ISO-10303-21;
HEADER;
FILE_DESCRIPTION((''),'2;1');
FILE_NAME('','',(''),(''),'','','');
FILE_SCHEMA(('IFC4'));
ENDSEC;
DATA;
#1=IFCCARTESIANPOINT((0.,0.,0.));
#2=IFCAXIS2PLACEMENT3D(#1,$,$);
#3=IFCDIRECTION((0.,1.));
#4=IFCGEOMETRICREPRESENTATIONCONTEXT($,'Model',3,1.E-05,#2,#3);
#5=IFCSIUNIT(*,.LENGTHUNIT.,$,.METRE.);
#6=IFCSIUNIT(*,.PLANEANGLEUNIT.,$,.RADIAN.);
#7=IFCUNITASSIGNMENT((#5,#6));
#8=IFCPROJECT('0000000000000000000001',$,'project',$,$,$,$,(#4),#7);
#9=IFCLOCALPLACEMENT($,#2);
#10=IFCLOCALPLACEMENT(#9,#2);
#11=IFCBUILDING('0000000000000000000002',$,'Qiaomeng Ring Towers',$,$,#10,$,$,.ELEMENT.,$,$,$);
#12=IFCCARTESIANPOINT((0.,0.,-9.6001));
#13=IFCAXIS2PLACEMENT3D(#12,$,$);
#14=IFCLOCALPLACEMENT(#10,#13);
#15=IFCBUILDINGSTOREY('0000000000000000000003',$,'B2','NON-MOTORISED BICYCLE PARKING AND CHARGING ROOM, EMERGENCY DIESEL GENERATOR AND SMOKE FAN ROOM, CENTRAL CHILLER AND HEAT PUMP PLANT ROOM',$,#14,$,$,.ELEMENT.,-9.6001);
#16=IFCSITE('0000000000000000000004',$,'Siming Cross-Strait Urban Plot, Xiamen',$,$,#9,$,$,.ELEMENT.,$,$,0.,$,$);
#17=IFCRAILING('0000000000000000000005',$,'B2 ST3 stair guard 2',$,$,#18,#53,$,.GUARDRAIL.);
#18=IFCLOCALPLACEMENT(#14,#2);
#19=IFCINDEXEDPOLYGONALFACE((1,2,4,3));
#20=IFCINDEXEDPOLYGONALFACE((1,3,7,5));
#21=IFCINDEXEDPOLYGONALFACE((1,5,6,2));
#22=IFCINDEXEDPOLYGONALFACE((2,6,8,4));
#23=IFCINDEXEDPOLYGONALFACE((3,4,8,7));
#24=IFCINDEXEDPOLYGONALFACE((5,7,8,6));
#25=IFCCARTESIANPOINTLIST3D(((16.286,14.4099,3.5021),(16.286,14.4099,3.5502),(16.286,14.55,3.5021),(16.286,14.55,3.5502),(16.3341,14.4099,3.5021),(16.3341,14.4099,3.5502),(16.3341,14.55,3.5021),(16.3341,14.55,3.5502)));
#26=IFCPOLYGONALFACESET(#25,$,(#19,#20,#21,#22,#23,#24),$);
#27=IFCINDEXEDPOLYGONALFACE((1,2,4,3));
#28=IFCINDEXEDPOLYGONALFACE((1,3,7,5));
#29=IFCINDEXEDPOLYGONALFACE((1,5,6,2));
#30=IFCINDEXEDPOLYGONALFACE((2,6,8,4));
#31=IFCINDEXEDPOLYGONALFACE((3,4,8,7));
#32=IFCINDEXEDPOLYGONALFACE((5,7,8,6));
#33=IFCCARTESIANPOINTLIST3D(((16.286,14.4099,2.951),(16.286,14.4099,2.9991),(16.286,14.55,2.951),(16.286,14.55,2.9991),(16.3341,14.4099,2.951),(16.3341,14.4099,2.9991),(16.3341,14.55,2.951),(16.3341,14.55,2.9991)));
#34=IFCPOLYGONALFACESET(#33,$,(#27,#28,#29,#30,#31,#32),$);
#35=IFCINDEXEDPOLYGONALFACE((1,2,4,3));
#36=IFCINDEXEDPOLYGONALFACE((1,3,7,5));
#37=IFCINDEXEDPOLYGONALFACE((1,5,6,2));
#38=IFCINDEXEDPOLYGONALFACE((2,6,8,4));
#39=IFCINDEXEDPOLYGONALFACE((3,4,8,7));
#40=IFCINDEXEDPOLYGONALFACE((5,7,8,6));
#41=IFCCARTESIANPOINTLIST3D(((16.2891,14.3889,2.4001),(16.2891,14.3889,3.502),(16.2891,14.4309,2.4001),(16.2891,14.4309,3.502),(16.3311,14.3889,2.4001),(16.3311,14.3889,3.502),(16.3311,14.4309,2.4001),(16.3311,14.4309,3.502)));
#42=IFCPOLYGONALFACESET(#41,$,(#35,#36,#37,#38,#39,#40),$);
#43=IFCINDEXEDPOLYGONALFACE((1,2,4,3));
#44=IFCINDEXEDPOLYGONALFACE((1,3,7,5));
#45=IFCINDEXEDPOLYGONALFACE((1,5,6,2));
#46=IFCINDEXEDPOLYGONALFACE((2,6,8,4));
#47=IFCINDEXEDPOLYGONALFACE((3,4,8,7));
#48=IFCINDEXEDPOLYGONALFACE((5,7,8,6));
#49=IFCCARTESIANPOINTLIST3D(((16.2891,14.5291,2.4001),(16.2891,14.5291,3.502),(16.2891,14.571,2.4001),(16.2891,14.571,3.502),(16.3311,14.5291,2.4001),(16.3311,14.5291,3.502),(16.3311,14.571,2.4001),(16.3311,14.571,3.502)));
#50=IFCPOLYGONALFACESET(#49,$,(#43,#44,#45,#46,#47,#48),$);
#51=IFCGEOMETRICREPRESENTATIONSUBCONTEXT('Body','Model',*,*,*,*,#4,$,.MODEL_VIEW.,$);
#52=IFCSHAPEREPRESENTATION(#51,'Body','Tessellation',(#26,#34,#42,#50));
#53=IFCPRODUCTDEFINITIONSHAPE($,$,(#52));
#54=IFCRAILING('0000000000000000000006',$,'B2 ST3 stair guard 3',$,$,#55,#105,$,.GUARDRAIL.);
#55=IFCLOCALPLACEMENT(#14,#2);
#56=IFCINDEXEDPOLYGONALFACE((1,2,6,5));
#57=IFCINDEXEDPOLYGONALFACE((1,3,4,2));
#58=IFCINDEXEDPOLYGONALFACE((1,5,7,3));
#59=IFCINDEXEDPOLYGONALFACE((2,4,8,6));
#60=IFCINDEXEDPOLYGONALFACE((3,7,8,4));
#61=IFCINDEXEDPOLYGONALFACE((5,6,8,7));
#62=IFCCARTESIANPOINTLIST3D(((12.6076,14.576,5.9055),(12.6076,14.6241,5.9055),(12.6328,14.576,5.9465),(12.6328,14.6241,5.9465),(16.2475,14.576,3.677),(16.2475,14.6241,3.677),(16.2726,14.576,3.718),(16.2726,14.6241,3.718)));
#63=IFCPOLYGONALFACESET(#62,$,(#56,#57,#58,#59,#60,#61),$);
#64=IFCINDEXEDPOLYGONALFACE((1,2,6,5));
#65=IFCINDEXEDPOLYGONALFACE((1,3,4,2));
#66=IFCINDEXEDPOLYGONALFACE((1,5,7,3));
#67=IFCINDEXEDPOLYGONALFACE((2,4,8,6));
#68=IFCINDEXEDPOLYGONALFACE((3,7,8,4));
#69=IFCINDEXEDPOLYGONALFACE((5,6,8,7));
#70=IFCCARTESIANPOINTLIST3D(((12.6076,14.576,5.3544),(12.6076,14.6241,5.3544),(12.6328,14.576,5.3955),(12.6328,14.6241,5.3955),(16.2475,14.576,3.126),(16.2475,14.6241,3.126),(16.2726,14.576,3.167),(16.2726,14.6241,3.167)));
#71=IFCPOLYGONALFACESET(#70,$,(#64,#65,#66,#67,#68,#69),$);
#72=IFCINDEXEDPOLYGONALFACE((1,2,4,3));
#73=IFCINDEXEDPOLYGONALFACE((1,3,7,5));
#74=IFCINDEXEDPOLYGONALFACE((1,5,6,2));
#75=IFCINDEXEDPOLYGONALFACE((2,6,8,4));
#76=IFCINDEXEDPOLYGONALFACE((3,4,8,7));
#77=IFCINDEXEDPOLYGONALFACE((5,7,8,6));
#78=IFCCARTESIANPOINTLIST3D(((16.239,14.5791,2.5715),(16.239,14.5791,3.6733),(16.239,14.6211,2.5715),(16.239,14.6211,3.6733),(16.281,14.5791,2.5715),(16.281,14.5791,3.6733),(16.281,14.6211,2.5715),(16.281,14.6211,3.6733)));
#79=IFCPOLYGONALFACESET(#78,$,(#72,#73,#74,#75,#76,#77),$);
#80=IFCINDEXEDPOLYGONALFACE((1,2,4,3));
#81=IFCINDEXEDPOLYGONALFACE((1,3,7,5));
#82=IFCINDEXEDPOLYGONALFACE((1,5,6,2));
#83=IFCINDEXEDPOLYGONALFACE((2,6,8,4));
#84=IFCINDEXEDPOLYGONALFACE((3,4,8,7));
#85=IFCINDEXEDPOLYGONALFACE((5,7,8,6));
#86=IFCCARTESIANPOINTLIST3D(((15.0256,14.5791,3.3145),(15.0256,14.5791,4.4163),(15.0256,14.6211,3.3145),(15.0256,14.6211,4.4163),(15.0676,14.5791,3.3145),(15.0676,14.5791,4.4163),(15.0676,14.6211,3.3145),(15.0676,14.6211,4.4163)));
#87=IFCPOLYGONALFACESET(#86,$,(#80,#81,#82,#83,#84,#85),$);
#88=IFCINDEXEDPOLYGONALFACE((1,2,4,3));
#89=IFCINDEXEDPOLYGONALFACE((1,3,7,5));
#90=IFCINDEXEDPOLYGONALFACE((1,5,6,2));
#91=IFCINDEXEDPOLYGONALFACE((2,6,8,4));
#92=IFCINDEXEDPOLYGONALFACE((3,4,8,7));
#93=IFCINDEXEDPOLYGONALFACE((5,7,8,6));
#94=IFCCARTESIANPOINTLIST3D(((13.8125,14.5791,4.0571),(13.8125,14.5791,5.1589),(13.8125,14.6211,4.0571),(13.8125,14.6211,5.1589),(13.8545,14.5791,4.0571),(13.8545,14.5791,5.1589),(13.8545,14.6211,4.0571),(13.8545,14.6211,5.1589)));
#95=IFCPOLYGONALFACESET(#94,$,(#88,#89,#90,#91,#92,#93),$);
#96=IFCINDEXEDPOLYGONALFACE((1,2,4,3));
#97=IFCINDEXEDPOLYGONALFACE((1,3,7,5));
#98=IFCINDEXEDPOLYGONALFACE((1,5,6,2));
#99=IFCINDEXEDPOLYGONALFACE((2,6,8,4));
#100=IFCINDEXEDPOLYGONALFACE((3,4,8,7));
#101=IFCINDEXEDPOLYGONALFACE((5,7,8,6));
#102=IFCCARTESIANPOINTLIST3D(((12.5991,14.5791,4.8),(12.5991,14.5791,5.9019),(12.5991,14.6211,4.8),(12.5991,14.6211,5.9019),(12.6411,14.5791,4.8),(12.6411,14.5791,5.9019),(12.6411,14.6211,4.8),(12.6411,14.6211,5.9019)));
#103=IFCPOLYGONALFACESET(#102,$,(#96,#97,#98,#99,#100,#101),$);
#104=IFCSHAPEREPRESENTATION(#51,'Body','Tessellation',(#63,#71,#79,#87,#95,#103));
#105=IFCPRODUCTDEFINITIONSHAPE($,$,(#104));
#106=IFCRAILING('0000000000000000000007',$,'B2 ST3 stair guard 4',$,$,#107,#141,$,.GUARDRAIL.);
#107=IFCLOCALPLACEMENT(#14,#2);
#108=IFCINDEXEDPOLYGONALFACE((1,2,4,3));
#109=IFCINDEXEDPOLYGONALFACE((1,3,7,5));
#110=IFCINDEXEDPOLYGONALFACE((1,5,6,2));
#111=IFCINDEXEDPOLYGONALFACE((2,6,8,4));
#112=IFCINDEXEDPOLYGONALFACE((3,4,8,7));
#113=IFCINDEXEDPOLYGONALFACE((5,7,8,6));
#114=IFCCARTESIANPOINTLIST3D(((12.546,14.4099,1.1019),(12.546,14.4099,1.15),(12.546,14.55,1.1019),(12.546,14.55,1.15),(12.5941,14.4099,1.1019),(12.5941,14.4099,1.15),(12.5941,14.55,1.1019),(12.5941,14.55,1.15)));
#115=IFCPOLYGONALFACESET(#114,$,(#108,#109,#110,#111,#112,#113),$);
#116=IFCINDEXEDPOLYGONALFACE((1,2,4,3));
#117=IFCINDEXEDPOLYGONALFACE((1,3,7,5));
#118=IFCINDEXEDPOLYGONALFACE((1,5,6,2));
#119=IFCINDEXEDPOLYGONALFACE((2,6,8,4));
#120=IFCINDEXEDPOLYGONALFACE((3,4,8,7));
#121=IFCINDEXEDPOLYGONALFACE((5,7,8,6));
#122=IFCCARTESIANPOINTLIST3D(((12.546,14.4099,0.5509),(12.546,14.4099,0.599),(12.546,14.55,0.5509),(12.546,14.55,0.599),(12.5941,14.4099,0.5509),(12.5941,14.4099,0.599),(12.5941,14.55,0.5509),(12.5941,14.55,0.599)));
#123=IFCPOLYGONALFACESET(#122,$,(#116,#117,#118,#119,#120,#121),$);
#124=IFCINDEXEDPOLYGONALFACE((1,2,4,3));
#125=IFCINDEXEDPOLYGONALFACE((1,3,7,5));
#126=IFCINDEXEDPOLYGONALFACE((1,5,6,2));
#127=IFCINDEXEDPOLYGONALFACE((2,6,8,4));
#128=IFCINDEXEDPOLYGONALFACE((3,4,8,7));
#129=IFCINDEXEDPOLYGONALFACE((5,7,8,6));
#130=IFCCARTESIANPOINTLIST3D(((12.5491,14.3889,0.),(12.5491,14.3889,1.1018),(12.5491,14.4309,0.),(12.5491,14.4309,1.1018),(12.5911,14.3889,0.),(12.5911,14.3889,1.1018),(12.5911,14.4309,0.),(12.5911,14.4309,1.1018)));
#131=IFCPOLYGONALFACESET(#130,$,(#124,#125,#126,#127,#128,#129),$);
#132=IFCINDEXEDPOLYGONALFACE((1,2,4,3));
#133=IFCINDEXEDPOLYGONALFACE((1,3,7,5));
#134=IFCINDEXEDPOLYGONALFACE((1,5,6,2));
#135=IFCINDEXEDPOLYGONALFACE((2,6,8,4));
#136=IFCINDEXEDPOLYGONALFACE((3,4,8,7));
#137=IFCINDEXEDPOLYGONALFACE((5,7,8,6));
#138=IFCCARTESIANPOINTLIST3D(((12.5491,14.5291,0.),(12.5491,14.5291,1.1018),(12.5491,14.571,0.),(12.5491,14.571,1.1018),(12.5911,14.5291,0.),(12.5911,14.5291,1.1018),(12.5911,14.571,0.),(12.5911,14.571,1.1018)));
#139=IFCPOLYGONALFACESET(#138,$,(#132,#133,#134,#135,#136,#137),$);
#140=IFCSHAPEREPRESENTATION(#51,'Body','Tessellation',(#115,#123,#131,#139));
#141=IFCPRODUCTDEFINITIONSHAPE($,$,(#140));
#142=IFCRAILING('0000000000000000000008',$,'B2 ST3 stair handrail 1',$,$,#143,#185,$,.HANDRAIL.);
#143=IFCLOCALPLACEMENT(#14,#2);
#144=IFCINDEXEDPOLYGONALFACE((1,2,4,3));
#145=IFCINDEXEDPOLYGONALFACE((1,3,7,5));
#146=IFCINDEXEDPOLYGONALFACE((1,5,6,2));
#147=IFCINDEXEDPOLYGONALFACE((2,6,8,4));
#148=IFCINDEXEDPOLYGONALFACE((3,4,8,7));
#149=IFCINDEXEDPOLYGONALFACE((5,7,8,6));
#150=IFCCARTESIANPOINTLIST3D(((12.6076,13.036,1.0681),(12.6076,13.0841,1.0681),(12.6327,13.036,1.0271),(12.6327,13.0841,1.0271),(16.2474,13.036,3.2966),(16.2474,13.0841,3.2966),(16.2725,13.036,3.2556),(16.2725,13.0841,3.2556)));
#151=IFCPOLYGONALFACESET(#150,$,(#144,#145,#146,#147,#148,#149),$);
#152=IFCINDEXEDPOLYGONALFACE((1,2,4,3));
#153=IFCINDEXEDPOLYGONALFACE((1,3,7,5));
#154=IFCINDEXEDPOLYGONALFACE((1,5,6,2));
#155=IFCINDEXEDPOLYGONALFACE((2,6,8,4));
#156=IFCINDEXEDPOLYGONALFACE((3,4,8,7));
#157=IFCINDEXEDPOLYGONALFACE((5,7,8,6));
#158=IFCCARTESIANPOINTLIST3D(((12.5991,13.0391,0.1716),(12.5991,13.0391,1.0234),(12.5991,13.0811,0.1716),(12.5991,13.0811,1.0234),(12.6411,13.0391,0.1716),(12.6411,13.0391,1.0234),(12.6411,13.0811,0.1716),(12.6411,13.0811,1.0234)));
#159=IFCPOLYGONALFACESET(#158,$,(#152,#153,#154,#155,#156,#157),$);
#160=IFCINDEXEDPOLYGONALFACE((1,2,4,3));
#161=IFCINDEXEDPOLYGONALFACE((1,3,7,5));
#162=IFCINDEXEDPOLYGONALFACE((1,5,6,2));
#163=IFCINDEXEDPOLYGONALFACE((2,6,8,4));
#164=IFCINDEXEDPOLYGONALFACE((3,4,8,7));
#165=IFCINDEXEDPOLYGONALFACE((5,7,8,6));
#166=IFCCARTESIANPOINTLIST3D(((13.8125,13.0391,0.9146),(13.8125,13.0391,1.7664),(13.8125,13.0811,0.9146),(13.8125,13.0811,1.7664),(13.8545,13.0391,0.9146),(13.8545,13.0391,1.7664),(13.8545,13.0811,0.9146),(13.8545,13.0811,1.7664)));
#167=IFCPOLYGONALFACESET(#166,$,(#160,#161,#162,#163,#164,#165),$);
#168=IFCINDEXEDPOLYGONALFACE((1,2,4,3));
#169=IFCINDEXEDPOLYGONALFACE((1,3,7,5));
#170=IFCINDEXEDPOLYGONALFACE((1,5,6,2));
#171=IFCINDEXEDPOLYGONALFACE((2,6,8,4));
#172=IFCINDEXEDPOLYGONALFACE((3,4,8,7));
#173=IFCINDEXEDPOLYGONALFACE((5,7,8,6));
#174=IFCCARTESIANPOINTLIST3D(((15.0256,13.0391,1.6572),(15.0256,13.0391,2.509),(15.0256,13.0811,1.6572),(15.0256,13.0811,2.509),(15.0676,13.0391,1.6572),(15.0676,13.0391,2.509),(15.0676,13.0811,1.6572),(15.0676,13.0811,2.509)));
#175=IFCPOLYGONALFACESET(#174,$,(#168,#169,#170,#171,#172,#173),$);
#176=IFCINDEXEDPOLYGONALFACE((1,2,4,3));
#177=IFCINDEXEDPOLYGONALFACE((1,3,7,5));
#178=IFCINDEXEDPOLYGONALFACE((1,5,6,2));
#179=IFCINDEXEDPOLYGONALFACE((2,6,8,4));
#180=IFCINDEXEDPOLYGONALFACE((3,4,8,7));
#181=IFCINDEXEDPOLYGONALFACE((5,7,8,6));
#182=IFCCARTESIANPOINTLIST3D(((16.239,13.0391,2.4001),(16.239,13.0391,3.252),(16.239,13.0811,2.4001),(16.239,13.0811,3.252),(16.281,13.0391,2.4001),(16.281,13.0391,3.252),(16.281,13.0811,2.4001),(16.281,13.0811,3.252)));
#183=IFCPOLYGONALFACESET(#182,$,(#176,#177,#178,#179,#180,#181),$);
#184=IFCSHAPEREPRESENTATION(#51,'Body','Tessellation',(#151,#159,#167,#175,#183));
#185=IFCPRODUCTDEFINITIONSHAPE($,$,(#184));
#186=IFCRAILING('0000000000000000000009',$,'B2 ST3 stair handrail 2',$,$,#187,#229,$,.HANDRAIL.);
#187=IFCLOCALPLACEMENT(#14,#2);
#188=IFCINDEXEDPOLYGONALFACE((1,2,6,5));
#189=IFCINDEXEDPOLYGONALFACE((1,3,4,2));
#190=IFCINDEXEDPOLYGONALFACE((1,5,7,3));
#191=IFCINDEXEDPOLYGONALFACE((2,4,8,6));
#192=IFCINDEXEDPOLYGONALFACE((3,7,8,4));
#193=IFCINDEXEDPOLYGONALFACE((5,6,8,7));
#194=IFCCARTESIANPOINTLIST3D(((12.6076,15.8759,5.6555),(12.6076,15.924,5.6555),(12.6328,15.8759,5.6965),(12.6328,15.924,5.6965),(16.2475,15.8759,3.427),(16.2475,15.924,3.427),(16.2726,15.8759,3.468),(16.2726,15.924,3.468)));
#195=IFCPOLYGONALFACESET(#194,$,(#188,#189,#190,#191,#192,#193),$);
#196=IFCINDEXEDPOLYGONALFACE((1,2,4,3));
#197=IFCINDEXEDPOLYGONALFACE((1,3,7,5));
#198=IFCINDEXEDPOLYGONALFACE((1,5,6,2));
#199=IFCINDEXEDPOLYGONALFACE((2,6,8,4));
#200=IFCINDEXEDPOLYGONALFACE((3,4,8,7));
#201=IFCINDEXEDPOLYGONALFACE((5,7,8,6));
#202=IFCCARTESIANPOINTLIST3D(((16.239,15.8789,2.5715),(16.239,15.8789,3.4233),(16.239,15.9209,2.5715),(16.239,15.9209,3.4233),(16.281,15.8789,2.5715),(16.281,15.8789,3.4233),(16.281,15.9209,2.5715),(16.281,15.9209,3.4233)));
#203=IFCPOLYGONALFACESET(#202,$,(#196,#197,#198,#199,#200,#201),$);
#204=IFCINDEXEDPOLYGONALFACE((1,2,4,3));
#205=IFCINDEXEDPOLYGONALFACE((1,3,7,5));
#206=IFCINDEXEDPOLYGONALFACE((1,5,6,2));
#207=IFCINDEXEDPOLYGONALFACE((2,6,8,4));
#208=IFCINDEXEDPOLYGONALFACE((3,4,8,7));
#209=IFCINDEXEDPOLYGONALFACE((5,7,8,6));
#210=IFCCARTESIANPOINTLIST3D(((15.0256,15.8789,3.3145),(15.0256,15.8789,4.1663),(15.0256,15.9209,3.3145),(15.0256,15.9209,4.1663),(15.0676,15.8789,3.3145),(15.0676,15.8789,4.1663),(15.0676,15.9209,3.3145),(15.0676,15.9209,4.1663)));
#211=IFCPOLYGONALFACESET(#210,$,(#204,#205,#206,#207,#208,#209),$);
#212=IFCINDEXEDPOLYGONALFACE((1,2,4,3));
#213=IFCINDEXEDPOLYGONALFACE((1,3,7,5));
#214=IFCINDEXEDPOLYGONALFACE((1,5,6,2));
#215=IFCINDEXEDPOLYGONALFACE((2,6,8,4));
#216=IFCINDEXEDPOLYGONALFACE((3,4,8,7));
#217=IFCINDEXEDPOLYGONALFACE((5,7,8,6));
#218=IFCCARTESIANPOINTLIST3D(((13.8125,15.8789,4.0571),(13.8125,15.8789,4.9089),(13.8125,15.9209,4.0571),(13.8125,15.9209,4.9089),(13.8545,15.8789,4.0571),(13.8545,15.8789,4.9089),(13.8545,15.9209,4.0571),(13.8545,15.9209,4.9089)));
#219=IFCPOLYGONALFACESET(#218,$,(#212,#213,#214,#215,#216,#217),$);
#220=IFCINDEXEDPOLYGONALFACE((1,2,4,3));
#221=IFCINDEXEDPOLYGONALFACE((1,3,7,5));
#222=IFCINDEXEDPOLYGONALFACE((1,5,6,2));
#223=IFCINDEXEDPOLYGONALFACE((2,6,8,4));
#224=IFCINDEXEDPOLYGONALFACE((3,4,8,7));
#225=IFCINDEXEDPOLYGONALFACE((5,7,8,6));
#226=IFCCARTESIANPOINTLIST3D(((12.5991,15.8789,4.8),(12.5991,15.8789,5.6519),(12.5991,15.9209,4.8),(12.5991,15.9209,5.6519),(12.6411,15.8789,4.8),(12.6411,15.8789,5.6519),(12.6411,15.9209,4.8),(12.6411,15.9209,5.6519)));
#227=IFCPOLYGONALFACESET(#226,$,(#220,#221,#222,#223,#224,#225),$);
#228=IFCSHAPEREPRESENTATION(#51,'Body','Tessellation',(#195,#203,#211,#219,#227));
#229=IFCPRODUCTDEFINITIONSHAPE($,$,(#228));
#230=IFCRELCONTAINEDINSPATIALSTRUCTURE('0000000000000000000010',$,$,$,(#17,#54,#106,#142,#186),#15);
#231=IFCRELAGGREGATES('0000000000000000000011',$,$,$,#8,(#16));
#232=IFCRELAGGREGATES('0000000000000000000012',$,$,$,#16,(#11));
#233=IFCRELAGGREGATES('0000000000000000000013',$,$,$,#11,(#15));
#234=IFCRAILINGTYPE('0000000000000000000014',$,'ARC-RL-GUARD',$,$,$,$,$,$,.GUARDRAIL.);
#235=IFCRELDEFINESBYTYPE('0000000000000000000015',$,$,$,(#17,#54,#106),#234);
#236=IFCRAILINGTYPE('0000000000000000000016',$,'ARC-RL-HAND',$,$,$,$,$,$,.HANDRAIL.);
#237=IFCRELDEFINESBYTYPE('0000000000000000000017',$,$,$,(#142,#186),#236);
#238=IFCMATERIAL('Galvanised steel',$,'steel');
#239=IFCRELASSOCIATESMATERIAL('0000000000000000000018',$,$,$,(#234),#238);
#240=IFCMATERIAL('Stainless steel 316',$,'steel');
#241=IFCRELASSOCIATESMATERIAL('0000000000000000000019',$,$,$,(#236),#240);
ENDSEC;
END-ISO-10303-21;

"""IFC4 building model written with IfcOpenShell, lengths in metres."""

from ifc_helpers import new_model, si_unit, direction, frame, origin, origin_2d, place, context, subcontext, project, spatial, rectangle, extrude, material, type_object, element, save


model = new_model("IFC4")

# Units and contexts
model_context = context("Model", 3, precision=1e-05, world=origin(), true_north=direction((0.0, 1.0)))
body_context = subcontext(model_context, "Body", "Model", "MODEL_VIEW")
ifc_project = project(units=[si_unit("LENGTHUNIT", "METRE"), si_unit("PLANEANGLEUNIT", "RADIAN")], contexts=[model_context])

# Site, building, storey
site_placement = place(None, origin())
site = spatial("IfcSite", under=ifc_project, at=site_placement, Name="Siming Cross-Strait Urban Plot, Xiamen", CompositionType="ELEMENT", RefElevation=0.0)
building_placement = place(site_placement, origin())
building = spatial("IfcBuilding", under=site, at=building_placement, Name="Qiaomeng Ring Towers", CompositionType="ELEMENT")
storey_placement = place(building_placement, frame((0.0, 0.0, -9.6001)))
storey = spatial("IfcBuildingStorey", under=building, at=storey_placement, Name="B2", Description="NON-MOTORISED BICYCLE PARKING AND CHARGING ROOM, EMERGENCY DIESEL GENERATOR AND SMOKE FAN ROOM, CENTRAL CHILLER AND HEAT PUMP PLANT ROOM", CompositionType="ELEMENT", Elevation=-9.6001)

# Shared definitions
ifc_material_1 = material(Name="Galvanised steel", Category="steel")

# Railings
railing_type_1 = type_object("IfcRailingType", Name="ARC-RL-GUARD", PredefinedType="GUARDRAIL", material=ifc_material_1)
railing_1_placement = place(storey_placement, frame((16.3101, 14.4099, 2.4001)))
element("IfcRailing", 1, at=railing_1_placement, inside=storey, type_object=railing_type_1, Name="B2 ST3 stair guard 2", PredefinedType="GUARDRAIL", context=body_context, shape_type="SweptSolid", body=[
    extrude(rectangle(XDim=0.0481, YDim=0.0481, at=origin_2d()), frame((0.0, 0.0, 1.126), z_axis=(0.0, 1.0, 0.0), x_axis=(-1.0, 0.0, 0.0)), (0.0, 0.0, 1.0), 0.1401),
    extrude(rectangle(XDim=0.0481, YDim=0.0481, at=origin_2d()), frame((0.0, 0.0, 0.575), z_axis=(0.0, 1.0, 0.0), x_axis=(-1.0, 0.0, 0.0)), (0.0, 0.0, 1.0), 0.1401),
    extrude(rectangle(XDim=0.042, YDim=0.042, at=origin_2d()), origin(), (0.0, 0.0, 1.0), 1.1018),
    extrude(rectangle(XDim=0.042, YDim=0.042, at=origin_2d()), frame((0.0, 0.1401, 0.0)), (0.0, 0.0, 1.0), 1.1018),
])
railing_2_placement = place(storey_placement, frame((16.26, 14.6001, 2.5715)))
element("IfcRailing", 2, at=railing_2_placement, inside=storey, type_object=railing_type_1, Name="B2 ST3 stair guard 3", PredefinedType="GUARDRAIL", context=body_context, shape_type="SweptSolid", body=[
    extrude(rectangle(XDim=0.0481, YDim=0.0481, at=origin_2d()), frame((0.0, 0.0, 1.126), z_axis=(-0.85285, 0.0, 0.522156), x_axis=(0.0, -1.0, 0.0)), (0.0, 0.0, 1.0), 4.2678),
    extrude(rectangle(XDim=0.0481, YDim=0.0481, at=origin_2d()), frame((0.0, 0.0, 0.575), z_axis=(-0.85285, 0.0, 0.522156), x_axis=(0.0, -1.0, 0.0)), (0.0, 0.0, 1.0), 4.2678),
    extrude(rectangle(XDim=0.042, YDim=0.042, at=origin_2d()), origin(), (0.0, 0.0, 1.0), 1.1018),
    extrude(rectangle(XDim=0.042, YDim=0.042, at=origin_2d()), frame((-1.2134, 0.0, 0.7429)), (0.0, 0.0, 1.0), 1.1018),
    extrude(rectangle(XDim=0.042, YDim=0.042, at=origin_2d()), frame((-2.4265, 0.0, 1.4856)), (0.0, 0.0, 1.0), 1.1018),
    extrude(rectangle(XDim=0.042, YDim=0.042, at=origin_2d()), frame((-3.6399, 0.0, 2.2285)), (0.0, 0.0, 1.0), 1.1018),
])
railing_3_placement = place(storey_placement, frame((12.5701, 14.4099, 0.0)))
element("IfcRailing", 3, at=railing_3_placement, inside=storey, type_object=railing_type_1, Name="B2 ST3 stair guard 4", PredefinedType="GUARDRAIL", context=body_context, shape_type="SweptSolid", body=[
    extrude(rectangle(XDim=0.0481, YDim=0.0481, at=origin_2d()), frame((0.0, 0.0, 1.126), z_axis=(0.0, 1.0, 0.0), x_axis=(-1.0, 0.0, 0.0)), (0.0, 0.0, 1.0), 0.1401),
    extrude(rectangle(XDim=0.0481, YDim=0.0481, at=origin_2d()), frame((0.0, 0.0, 0.575), z_axis=(0.0, 1.0, 0.0), x_axis=(-1.0, 0.0, 0.0)), (0.0, 0.0, 1.0), 0.1401),
    extrude(rectangle(XDim=0.042, YDim=0.042, at=origin_2d()), origin(), (0.0, 0.0, 1.0), 1.1018),
    extrude(rectangle(XDim=0.042, YDim=0.042, at=origin_2d()), frame((0.0, 0.1401, 0.0)), (0.0, 0.0, 1.0), 1.1018),
])
ifc_material_2 = material(Name="Stainless steel 316", Category="steel")
railing_type_2 = type_object("IfcRailingType", Name="ARC-RL-HAND", PredefinedType="HANDRAIL", material=ifc_material_2)
railing_4_placement = place(storey_placement, frame((12.6201, 13.0601, 0.1716)))
element("IfcRailing", 4, at=railing_4_placement, inside=storey, type_object=railing_type_2, Name="B2 ST3 stair handrail 1", PredefinedType="HANDRAIL", context=body_context, shape_type="SweptSolid", body=[
    extrude(rectangle(XDim=0.0481, YDim=0.0481, at=origin_2d()), frame((0.0, 0.0, 0.876), z_axis=(0.85285, 0.0, 0.522156), x_axis=(0.0, 1.0, 0.0)), (0.0, 0.0, 1.0), 4.2678),
    extrude(rectangle(XDim=0.042, YDim=0.042, at=origin_2d()), origin(), (0.0, 0.0, 1.0), 0.8518),
    extrude(rectangle(XDim=0.042, YDim=0.042, at=origin_2d()), frame((1.2134, 0.0, 0.7429)), (0.0, 0.0, 1.0), 0.8518),
    extrude(rectangle(XDim=0.042, YDim=0.042, at=origin_2d()), frame((2.4265, 0.0, 1.4856)), (0.0, 0.0, 1.0), 0.8518),
    extrude(rectangle(XDim=0.042, YDim=0.042, at=origin_2d()), frame((3.6399, 0.0, 2.2285)), (0.0, 0.0, 1.0), 0.8518),
])
railing_5_placement = place(storey_placement, frame((16.26, 15.8999, 2.5715)))
element("IfcRailing", 5, at=railing_5_placement, inside=storey, type_object=railing_type_2, Name="B2 ST3 stair handrail 2", PredefinedType="HANDRAIL", context=body_context, shape_type="SweptSolid", body=[
    extrude(rectangle(XDim=0.0481, YDim=0.0481, at=origin_2d()), frame((0.0, 0.0, 0.876), z_axis=(-0.85285, 0.0, 0.522156), x_axis=(0.0, -1.0, 0.0)), (0.0, 0.0, 1.0), 4.2678),
    extrude(rectangle(XDim=0.042, YDim=0.042, at=origin_2d()), origin(), (0.0, 0.0, 1.0), 0.8518),
    extrude(rectangle(XDim=0.042, YDim=0.042, at=origin_2d()), frame((-1.2134, 0.0, 0.7429)), (0.0, 0.0, 1.0), 0.8518),
    extrude(rectangle(XDim=0.042, YDim=0.042, at=origin_2d()), frame((-2.4265, 0.0, 1.4856)), (0.0, 0.0, 1.0), 0.8518),
    extrude(rectangle(XDim=0.042, YDim=0.042, at=origin_2d()), frame((-3.6399, 0.0, 2.2285)), (0.0, 0.0, 1.0), 0.8518),
])

save(model, "model.ifc")
